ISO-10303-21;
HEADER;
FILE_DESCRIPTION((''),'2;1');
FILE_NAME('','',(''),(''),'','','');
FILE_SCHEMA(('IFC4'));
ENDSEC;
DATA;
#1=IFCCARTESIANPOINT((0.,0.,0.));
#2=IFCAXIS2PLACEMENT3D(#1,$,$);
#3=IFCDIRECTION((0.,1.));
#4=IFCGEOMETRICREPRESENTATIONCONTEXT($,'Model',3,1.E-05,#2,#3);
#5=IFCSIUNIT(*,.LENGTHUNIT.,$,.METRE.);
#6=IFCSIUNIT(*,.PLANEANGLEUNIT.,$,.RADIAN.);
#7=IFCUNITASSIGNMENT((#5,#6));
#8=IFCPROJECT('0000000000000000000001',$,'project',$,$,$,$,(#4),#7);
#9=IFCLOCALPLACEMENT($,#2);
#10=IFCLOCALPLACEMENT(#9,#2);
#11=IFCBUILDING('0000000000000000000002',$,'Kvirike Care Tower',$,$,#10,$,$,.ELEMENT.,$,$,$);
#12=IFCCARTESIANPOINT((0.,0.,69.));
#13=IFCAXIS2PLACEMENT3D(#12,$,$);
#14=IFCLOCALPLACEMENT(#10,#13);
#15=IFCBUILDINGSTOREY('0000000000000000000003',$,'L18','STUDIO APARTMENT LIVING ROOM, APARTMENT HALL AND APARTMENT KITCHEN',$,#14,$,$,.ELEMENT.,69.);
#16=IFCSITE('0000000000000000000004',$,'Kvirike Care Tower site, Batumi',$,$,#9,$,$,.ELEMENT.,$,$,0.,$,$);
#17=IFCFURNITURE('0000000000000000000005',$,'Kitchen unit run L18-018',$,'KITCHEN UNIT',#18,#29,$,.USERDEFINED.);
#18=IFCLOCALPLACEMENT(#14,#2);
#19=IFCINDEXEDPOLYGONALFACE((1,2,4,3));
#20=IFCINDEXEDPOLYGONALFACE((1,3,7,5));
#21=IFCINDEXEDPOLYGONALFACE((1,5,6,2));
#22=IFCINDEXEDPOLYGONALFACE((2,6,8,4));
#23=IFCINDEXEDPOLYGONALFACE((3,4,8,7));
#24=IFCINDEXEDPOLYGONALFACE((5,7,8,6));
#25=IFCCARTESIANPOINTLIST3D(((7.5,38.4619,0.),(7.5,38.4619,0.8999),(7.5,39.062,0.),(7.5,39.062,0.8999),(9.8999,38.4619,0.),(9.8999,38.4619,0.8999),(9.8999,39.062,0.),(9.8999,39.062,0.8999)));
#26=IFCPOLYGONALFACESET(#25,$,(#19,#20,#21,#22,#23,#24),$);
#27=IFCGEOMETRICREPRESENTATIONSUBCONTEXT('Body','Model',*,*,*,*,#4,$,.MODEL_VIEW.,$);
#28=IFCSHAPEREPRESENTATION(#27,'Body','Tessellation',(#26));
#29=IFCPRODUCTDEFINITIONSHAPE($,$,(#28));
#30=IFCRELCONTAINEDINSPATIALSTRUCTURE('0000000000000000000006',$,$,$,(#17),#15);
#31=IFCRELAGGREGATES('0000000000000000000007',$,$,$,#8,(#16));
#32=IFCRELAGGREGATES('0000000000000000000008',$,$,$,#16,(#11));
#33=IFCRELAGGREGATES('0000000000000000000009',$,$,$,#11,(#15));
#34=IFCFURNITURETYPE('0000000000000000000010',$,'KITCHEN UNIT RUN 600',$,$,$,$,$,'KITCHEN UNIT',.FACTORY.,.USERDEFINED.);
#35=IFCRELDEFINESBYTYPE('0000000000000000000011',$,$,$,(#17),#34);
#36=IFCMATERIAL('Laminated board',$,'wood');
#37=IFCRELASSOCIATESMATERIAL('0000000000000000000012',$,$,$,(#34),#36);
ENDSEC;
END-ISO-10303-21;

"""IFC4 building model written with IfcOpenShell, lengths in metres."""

from ifc_helpers import new_model, si_unit, direction, frame, origin, origin_2d, place, context, subcontext, project, spatial, rectangle, extrude, material, type_object, element, save


model = new_model("IFC4")

# Units and contexts
model_context = context("Model", 3, precision=1e-05, world=origin(), true_north=direction((0.0, 1.0)))
body_context = subcontext(model_context, "Body", "Model", "MODEL_VIEW")
ifc_project = project(units=[si_unit("LENGTHUNIT", "METRE"), si_unit("PLANEANGLEUNIT", "RADIAN")], contexts=[model_context])

# Site, building, storey
site_placement = place(None, origin())
site = spatial("IfcSite", under=ifc_project, at=site_placement, Name="Kvirike Care Tower site, Batumi", CompositionType="ELEMENT", RefElevation=0.0)
building_placement = place(site_placement, origin())
building = spatial("IfcBuilding", under=site, at=building_placement, Name="Kvirike Care Tower", CompositionType="ELEMENT")
storey_placement = place(building_placement, frame((0.0, 0.0, 69.0)))
storey = spatial("IfcBuildingStorey", under=building, at=storey_placement, Name="L18", Description="STUDIO APARTMENT LIVING ROOM, APARTMENT HALL AND APARTMENT KITCHEN", CompositionType="ELEMENT", Elevation=69.0)

# Furniture
ifc_material_1 = material(Name="Laminated board", Category="wood")
furniture_type = type_object("IfcFurnitureType", Name="KITCHEN UNIT RUN 600", ElementType="KITCHEN UNIT", AssemblyPlace="FACTORY", PredefinedType="USERDEFINED", material=ifc_material_1)
furniture_placement = place(storey_placement, frame((8.7, 38.762, 0.0), z_axis=(0.0, 0.0, 1.0), x_axis=(-1.0, 0.0, 0.0)))
element("IfcFurniture", 1, at=furniture_placement, inside=storey, type_object=furniture_type, Name="Kitchen unit run L18-018", ObjectType="KITCHEN UNIT", PredefinedType="USERDEFINED", context=body_context, shape_type="SweptSolid", body=[
    extrude(rectangle(XDim=2.3999, YDim=0.6001, at=origin_2d()), origin(), (0.0, 0.0, 1.0), 0.8999),
])

save(model, "model.ifc")
